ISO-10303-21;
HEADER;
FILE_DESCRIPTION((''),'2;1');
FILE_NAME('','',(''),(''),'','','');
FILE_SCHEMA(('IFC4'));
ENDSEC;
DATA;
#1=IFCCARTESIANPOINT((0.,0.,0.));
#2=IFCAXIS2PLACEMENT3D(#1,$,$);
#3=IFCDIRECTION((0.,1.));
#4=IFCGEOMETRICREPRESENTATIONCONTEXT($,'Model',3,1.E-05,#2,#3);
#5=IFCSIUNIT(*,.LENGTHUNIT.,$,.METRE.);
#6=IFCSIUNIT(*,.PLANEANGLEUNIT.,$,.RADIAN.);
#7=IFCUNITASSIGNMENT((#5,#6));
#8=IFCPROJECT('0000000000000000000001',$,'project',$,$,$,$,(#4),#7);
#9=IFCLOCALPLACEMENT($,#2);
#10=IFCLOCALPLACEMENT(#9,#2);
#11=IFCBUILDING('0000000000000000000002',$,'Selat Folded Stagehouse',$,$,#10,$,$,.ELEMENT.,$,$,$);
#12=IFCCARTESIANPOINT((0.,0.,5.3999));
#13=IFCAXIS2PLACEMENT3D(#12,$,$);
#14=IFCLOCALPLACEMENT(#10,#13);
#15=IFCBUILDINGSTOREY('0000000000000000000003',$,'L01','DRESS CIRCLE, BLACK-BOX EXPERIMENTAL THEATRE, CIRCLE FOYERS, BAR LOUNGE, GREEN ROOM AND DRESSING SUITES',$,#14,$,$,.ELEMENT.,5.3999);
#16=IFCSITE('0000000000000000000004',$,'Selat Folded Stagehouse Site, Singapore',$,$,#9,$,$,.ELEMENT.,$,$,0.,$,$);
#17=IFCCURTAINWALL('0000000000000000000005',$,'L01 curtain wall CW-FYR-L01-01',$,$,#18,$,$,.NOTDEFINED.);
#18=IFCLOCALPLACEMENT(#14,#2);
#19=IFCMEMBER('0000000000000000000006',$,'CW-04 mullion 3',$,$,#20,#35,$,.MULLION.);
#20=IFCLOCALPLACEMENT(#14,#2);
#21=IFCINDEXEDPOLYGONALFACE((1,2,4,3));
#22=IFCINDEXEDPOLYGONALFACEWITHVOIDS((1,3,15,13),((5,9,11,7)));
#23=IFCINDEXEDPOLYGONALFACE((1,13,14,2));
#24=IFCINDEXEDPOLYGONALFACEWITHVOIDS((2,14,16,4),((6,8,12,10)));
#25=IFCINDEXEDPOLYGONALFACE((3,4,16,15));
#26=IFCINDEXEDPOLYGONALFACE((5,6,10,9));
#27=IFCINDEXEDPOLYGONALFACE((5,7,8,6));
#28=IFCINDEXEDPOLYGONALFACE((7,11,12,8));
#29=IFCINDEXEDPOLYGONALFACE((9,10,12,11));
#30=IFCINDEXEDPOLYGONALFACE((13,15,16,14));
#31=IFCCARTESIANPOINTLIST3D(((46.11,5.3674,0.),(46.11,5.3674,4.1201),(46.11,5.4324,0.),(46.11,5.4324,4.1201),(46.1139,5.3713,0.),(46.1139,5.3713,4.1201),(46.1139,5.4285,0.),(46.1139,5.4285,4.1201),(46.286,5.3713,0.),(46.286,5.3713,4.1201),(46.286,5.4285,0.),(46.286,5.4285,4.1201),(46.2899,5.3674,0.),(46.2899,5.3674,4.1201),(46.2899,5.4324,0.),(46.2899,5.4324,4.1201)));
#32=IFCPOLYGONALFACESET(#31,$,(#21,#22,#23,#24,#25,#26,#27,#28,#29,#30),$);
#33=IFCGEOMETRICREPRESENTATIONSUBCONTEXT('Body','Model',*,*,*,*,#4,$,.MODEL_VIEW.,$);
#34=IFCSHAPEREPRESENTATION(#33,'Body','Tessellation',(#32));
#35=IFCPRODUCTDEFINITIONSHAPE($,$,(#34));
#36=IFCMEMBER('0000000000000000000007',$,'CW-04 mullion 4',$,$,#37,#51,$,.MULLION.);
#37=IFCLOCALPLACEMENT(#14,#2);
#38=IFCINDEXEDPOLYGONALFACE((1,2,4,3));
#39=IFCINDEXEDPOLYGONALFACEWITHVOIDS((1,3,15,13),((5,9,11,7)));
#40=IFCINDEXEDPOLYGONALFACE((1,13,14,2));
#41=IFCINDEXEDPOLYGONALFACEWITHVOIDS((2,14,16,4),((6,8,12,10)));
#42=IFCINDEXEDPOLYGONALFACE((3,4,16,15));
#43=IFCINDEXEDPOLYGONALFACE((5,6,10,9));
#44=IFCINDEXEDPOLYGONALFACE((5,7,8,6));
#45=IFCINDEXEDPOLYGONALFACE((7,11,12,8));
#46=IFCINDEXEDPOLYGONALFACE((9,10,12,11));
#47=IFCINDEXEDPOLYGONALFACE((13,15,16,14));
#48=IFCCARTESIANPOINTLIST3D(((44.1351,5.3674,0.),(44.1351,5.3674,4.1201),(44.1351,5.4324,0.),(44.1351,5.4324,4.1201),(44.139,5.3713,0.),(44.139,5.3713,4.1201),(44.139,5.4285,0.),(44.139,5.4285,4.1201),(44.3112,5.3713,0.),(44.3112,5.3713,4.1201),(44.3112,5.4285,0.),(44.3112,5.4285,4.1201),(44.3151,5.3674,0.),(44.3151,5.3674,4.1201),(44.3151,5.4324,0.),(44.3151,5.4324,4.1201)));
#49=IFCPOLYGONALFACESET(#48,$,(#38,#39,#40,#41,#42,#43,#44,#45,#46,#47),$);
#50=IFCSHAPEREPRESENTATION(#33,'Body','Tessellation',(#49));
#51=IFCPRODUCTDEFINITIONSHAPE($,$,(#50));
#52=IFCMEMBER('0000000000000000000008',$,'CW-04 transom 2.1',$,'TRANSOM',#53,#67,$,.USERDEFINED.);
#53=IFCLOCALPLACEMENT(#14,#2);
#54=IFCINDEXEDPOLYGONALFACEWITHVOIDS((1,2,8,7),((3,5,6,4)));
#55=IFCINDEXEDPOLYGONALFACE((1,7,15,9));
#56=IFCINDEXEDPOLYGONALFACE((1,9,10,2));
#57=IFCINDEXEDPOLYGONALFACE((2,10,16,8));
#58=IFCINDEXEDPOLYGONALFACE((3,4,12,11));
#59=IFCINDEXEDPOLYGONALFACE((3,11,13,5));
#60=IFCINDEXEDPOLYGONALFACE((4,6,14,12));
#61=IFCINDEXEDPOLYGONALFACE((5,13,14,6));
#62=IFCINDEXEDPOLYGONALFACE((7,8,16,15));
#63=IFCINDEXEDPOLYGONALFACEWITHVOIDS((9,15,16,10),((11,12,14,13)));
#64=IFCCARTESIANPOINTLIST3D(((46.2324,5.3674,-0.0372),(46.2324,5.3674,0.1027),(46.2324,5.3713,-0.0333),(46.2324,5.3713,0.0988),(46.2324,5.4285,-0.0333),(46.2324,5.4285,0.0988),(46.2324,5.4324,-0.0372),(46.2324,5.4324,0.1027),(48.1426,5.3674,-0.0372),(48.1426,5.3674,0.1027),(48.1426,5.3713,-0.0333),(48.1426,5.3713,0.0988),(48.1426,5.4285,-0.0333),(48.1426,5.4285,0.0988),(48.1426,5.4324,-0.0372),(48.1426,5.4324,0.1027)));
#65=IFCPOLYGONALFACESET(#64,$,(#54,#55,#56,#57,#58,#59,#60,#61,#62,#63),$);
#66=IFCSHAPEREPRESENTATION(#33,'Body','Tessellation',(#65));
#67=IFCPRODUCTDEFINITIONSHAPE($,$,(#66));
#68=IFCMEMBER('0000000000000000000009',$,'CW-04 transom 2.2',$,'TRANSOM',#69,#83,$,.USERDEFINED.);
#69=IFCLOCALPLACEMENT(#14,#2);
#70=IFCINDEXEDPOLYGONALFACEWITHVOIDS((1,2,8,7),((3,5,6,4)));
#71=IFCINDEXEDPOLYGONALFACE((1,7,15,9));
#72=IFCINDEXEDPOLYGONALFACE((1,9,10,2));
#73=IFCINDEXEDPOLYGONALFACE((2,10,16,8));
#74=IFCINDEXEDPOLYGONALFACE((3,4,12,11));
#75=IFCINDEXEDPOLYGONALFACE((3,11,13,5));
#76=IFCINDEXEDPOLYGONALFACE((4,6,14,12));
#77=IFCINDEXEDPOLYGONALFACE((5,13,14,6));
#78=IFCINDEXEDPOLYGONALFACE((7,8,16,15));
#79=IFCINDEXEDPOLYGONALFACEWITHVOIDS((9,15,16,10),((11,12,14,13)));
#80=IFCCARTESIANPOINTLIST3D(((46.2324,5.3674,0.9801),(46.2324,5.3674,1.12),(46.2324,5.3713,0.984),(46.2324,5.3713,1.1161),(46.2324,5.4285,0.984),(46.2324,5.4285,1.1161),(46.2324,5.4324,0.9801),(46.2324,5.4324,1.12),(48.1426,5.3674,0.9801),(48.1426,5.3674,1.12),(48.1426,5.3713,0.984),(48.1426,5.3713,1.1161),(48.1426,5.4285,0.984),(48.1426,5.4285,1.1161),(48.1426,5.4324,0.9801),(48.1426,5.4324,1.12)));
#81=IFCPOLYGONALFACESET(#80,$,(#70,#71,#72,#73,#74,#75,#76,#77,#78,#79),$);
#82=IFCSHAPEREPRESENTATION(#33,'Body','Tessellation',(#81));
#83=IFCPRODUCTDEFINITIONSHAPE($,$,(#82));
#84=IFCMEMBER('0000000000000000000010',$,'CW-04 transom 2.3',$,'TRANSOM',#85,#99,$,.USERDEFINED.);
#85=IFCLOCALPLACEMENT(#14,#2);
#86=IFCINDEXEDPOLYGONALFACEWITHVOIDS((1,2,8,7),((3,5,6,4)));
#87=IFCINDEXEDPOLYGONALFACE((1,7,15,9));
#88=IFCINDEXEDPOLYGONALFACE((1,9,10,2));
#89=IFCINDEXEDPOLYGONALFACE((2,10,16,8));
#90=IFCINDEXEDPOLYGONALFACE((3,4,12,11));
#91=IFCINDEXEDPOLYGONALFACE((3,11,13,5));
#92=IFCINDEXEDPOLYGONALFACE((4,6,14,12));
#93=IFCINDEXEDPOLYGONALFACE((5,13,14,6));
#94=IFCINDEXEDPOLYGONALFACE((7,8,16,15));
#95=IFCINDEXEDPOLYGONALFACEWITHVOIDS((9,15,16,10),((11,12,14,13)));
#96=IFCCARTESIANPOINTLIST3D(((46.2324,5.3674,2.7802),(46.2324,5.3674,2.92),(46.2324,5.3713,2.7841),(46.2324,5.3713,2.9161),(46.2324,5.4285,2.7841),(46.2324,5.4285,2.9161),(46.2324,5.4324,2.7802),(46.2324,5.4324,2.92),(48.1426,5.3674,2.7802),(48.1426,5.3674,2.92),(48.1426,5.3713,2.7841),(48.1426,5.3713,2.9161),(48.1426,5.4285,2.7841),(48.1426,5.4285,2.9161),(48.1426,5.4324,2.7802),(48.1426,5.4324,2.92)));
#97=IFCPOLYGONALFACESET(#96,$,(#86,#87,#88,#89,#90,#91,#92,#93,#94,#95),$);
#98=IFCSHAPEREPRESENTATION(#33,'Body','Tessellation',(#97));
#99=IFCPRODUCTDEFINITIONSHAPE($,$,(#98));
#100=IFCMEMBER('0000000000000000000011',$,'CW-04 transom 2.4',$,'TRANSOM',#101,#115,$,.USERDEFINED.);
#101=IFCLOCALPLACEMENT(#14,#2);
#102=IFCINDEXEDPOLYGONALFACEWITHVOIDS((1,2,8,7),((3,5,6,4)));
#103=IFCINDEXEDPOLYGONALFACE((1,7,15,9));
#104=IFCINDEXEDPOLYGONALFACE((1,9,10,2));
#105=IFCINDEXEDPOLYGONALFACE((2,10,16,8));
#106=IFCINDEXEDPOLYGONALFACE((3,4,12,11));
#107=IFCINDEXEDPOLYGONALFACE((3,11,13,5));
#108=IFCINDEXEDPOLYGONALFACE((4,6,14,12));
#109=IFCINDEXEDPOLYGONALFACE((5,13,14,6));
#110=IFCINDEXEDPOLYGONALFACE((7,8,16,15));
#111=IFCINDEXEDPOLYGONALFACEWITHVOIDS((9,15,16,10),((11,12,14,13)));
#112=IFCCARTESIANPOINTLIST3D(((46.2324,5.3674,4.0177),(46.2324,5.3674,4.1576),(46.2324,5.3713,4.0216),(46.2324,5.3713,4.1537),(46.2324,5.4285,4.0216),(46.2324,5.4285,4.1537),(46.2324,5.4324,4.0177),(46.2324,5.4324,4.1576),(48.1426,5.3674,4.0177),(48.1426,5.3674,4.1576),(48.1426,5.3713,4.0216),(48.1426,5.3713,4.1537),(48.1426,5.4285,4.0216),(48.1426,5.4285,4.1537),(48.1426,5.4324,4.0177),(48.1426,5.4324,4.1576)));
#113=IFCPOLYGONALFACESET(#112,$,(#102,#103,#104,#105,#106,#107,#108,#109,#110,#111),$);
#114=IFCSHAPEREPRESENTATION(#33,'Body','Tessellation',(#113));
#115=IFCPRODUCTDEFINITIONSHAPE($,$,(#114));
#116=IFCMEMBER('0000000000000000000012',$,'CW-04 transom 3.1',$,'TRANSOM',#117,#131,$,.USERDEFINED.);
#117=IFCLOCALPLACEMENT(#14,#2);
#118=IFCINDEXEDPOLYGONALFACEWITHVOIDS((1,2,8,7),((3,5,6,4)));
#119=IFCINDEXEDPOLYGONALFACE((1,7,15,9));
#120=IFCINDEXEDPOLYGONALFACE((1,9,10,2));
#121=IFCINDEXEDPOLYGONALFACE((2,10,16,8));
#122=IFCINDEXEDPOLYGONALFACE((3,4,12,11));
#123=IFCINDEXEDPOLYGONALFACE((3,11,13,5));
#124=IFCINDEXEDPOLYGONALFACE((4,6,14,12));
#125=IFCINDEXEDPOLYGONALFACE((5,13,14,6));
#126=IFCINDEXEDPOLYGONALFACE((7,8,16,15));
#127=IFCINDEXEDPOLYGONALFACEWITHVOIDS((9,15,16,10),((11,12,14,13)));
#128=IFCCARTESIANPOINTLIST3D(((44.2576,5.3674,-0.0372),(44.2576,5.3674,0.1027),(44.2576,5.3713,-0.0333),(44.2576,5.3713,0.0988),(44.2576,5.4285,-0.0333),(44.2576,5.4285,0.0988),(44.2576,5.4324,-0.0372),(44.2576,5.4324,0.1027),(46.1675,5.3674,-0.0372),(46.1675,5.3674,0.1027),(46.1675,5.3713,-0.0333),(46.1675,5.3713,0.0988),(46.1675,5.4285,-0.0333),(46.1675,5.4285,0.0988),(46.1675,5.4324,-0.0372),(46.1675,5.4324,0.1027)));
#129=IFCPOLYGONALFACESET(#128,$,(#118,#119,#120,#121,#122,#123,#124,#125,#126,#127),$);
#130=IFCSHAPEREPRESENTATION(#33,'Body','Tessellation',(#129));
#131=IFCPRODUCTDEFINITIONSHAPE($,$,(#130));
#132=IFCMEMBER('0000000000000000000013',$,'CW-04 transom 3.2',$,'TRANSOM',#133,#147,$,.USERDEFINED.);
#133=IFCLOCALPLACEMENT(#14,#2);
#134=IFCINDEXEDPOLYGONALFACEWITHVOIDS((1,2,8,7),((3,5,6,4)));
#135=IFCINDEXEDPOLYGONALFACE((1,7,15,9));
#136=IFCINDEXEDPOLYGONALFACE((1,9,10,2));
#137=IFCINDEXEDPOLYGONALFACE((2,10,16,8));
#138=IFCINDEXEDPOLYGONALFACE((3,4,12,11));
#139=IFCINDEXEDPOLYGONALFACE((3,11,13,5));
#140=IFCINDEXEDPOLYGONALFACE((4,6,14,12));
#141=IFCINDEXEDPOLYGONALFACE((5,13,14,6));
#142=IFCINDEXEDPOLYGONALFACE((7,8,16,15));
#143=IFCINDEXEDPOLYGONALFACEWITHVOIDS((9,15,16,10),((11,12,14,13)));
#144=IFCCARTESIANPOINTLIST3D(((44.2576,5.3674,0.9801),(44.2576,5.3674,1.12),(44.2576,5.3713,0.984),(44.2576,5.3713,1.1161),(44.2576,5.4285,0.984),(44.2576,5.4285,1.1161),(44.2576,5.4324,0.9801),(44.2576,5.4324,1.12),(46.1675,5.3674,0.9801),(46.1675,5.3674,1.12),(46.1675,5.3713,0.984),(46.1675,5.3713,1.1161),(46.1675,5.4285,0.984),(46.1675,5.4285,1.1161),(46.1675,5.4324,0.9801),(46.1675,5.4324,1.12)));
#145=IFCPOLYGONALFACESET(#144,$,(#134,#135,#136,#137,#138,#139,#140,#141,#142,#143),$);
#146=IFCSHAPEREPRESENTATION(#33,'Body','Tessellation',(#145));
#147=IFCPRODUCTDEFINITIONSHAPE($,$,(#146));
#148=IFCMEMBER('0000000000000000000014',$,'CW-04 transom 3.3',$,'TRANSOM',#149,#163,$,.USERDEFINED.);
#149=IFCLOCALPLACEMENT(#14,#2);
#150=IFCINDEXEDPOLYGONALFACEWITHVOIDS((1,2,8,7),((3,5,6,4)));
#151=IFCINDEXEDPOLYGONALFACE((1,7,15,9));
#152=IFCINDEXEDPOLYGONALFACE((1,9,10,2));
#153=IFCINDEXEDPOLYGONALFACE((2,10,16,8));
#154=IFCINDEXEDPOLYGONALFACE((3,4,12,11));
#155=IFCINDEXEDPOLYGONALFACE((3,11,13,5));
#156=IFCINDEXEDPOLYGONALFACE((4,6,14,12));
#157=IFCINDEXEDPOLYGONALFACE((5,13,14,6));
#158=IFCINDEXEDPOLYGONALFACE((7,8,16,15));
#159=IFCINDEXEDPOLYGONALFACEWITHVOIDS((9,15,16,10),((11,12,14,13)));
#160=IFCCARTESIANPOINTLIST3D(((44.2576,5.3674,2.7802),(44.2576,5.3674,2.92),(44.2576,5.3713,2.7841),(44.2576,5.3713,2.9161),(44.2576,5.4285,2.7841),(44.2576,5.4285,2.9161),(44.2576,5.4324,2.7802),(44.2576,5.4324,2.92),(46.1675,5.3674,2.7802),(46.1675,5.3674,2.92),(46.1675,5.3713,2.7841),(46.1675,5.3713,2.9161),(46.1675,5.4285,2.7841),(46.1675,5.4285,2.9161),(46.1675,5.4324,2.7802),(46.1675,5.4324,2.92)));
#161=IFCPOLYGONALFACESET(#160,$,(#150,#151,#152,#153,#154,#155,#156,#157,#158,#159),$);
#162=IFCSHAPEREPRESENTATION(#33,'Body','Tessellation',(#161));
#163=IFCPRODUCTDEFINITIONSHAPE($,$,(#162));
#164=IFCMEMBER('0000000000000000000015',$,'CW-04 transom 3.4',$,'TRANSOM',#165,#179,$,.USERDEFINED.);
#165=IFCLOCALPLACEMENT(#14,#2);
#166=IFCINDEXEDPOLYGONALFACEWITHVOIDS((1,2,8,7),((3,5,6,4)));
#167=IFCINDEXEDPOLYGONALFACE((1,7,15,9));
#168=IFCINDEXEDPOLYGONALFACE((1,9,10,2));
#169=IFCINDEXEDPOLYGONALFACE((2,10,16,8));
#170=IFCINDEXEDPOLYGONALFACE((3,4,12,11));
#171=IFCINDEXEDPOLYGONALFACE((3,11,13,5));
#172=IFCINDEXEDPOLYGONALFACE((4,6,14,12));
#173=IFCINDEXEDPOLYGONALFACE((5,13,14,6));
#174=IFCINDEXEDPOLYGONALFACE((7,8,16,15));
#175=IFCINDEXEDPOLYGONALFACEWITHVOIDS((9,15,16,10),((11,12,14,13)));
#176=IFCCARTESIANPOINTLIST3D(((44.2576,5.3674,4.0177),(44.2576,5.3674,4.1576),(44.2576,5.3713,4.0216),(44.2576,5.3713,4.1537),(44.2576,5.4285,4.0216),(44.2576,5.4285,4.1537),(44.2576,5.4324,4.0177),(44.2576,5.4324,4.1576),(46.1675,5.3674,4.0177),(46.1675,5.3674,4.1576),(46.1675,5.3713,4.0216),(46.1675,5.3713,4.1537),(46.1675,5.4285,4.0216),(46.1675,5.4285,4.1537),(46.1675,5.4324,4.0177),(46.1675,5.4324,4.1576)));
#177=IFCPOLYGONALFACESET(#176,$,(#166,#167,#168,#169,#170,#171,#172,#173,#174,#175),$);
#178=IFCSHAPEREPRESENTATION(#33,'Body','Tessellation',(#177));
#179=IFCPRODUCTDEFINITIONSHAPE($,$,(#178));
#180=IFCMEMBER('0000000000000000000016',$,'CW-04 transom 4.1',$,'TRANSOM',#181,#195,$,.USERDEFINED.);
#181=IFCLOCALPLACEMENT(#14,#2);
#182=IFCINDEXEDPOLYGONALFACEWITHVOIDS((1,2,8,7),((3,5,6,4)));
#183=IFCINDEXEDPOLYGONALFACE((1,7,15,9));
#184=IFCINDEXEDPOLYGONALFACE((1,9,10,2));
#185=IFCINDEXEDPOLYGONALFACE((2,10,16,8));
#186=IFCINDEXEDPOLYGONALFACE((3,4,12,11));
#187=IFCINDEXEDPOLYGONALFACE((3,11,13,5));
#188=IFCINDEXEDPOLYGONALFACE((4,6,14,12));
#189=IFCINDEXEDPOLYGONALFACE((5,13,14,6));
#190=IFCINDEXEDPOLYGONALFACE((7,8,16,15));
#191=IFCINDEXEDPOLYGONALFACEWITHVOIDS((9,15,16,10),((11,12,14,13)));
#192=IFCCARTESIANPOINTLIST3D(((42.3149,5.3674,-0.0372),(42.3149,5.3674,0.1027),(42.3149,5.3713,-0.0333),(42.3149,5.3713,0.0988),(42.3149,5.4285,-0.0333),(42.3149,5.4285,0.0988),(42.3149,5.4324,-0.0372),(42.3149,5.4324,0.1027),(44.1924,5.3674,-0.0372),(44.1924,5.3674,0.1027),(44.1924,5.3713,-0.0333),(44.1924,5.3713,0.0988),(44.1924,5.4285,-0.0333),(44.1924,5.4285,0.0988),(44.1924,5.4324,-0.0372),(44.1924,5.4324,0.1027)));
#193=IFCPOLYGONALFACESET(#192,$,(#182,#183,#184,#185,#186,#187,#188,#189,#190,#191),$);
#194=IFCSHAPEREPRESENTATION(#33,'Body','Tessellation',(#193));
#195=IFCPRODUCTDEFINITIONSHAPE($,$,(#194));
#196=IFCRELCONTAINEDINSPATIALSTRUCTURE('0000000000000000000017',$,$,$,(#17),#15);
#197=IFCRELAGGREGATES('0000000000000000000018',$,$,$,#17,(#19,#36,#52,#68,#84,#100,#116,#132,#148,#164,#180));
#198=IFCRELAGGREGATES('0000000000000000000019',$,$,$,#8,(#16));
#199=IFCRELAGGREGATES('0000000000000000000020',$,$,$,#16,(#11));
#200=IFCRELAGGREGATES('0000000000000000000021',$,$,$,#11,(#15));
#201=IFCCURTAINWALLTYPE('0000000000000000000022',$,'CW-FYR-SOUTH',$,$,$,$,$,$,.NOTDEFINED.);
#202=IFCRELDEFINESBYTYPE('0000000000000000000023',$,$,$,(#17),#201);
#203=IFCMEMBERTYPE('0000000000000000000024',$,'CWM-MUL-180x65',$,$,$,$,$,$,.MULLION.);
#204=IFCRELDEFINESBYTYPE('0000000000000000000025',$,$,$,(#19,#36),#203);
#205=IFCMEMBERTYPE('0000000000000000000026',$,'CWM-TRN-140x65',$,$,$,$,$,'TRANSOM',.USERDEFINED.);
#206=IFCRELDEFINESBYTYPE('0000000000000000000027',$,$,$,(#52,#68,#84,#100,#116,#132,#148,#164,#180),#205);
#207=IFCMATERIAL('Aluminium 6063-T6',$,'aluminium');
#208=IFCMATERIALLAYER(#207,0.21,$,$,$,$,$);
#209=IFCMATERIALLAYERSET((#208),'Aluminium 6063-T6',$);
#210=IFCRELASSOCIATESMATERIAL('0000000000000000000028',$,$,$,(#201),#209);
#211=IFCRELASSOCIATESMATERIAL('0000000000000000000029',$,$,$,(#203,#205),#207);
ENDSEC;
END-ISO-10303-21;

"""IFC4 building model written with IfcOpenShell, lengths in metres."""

from ifc_helpers import new_model, si_unit, direction, frame, origin, origin_2d, place, context, subcontext, project, spatial, hollow_rectangle, extrude, material, layer, layer_set, material_profile, profile_set, type_object, element, aggregate, save


model = new_model("IFC4")

# Units and contexts
model_context = context("Model", 3, precision=1e-05, world=origin(), true_north=direction((0.0, 1.0)))
body_context = subcontext(model_context, "Body", "Model", "MODEL_VIEW")
ifc_project = project(units=[si_unit("LENGTHUNIT", "METRE"), si_unit("PLANEANGLEUNIT", "RADIAN")], contexts=[model_context])

# Site, building, storey
site_placement = place(None, origin())
site = spatial("IfcSite", under=ifc_project, at=site_placement, Name="Selat Folded Stagehouse Site, Singapore", CompositionType="ELEMENT", RefElevation=0.0)
building_placement = place(site_placement, origin())
building = spatial("IfcBuilding", under=site, at=building_placement, Name="Selat Folded Stagehouse", CompositionType="ELEMENT")
storey_placement = place(building_placement, frame((0.0, 0.0, 5.3999)))
storey = spatial("IfcBuildingStorey", under=building, at=storey_placement, Name="L01", Description="DRESS CIRCLE, BLACK-BOX EXPERIMENTAL THEATRE, CIRCLE FOYERS, BAR LOUNGE, GREEN ROOM AND DRESSING SUITES", CompositionType="ELEMENT", Elevation=5.3999)

# Curtain wall, members
ifc_material_1 = material(Name="Aluminium 6063-T6", Category="aluminium")
ifc_layer_1 = layer(ifc_material_1, 0.21)
ifc_layer_set_1 = layer_set([ifc_layer_1], Name="Aluminium 6063-T6")
curtain_wall_type = type_object("IfcCurtainWallType", Name="CW-FYR-SOUTH", PredefinedType="NOTDEFINED", material=ifc_layer_set_1)
curtain_wall_placement = place(storey_placement, origin())
curtain_wall = element("IfcCurtainWall", 1, at=curtain_wall_placement, inside=storey, type_object=curtain_wall_type, Name="L01 curtain wall CW-FYR-L01-01", PredefinedType="NOTDEFINED")
ifc_material_profile_1 = material_profile(ifc_material_1, hollow_rectangle(XDim=0.0649, YDim=0.1799, WallThickness=0.0039, at=origin_2d()), Name="ALU 180x65x4.0")
ifc_profile_set_1 = profile_set([ifc_material_profile_1], Name="Aluminium 6063-T6")
member_type_1 = type_object("IfcMemberType", Name="CWM-MUL-180x65", PredefinedType="MULLION", material=ifc_profile_set_1)
member_1_placement = place(storey_placement, frame((46.2, 5.3999, 0.0), z_axis=(0.0, 0.0, 1.0), x_axis=(0.0, -1.0, 0.0)))
member_1 = element("IfcMember", 2, at=member_1_placement, type_object=member_type_1, Name="CW-04 mullion 3", PredefinedType="MULLION", context=body_context, shape_type="SweptSolid", body=[
    extrude(hollow_rectangle(XDim=0.0649, YDim=0.1799, WallThickness=0.0039, at=origin_2d()), origin(), (0.0, 0.0, 1.0), 4.1201),
])
member_2_placement = place(storey_placement, frame((44.2251, 5.3999, 0.0), z_axis=(0.0, 0.0, 1.0), x_axis=(0.0, -1.0, 0.0)))
member_2 = element("IfcMember", 3, at=member_2_placement, type_object=member_type_1, Name="CW-04 mullion 4", PredefinedType="MULLION", context=body_context, shape_type="SweptSolid", body=[
    extrude(hollow_rectangle(XDim=0.0649, YDim=0.1799, WallThickness=0.0039, at=origin_2d()), origin(), (0.0, 0.0, 1.0), 4.1201),
])
ifc_material_profile_2 = material_profile(ifc_material_1, hollow_rectangle(XDim=0.0649, YDim=0.1399, WallThickness=0.0039, at=origin_2d()), Name="ALU 140x65x4.0")
ifc_profile_set_2 = profile_set([ifc_material_profile_2], Name="Aluminium 6063-T6")
member_type_2 = type_object("IfcMemberType", Name="CWM-TRN-140x65", ElementType="TRANSOM", PredefinedType="USERDEFINED", material=ifc_profile_set_2)
member_3_placement = place(storey_placement, frame((48.1426, 5.3999, 0.0327), z_axis=(-1.0, 0.0, 0.0), x_axis=(0.0, -1.0, 0.0)))
member_3 = element("IfcMember", 4, at=member_3_placement, type_object=member_type_2, Name="CW-04 transom 2.1", ObjectType="TRANSOM", PredefinedType="USERDEFINED", context=body_context, shape_type="SweptSolid", body=[
    extrude(hollow_rectangle(XDim=0.0649, YDim=0.1399, WallThickness=0.0039, at=origin_2d()), origin(), (0.0, 0.0, 1.0), 1.9102),
])
member_4_placement = place(storey_placement, frame((48.1426, 5.3999, 1.05), z_axis=(-1.0, 0.0, 0.0), x_axis=(0.0, -1.0, 0.0)))
member_4 = element("IfcMember", 5, at=member_4_placement, type_object=member_type_2, Name="CW-04 transom 2.2", ObjectType="TRANSOM", PredefinedType="USERDEFINED", context=body_context, shape_type="SweptSolid", body=[
    extrude(hollow_rectangle(XDim=0.0649, YDim=0.1399, WallThickness=0.0039, at=origin_2d()), origin(), (0.0, 0.0, 1.0), 1.9102),
])
member_5_placement = place(storey_placement, frame((48.1426, 5.3999, 2.8501), z_axis=(-1.0, 0.0, 0.0), x_axis=(0.0, -1.0, 0.0)))
member_5 = element("IfcMember", 6, at=member_5_placement, type_object=member_type_2, Name="CW-04 transom 2.3", ObjectType="TRANSOM", PredefinedType="USERDEFINED", context=body_context, shape_type="SweptSolid", body=[
    extrude(hollow_rectangle(XDim=0.0649, YDim=0.1399, WallThickness=0.0039, at=origin_2d()), origin(), (0.0, 0.0, 1.0), 1.9102),
])
member_6_placement = place(storey_placement, frame((48.1426, 5.3999, 4.0876), z_axis=(-1.0, 0.0, 0.0), x_axis=(0.0, -1.0, 0.0)))
member_6 = element("IfcMember", 7, at=member_6_placement, type_object=member_type_2, Name="CW-04 transom 2.4", ObjectType="TRANSOM", PredefinedType="USERDEFINED", context=body_context, shape_type="SweptSolid", body=[
    extrude(hollow_rectangle(XDim=0.0649, YDim=0.1399, WallThickness=0.0039, at=origin_2d()), origin(), (0.0, 0.0, 1.0), 1.9102),
])
member_7_placement = place(storey_placement, frame((46.1675, 5.3999, 0.0327), z_axis=(-1.0, 0.0, 0.0), x_axis=(0.0, -1.0, 0.0)))
member_7 = element("IfcMember", 8, at=member_7_placement, type_object=member_type_2, Name="CW-04 transom 3.1", ObjectType="TRANSOM", PredefinedType="USERDEFINED", context=body_context, shape_type="SweptSolid", body=[
    extrude(hollow_rectangle(XDim=0.0649, YDim=0.1399, WallThickness=0.0039, at=origin_2d()), origin(), (0.0, 0.0, 1.0), 1.9099),
])
member_8_placement = place(storey_placement, frame((46.1675, 5.3999, 1.05), z_axis=(-1.0, 0.0, 0.0), x_axis=(0.0, -1.0, 0.0)))
member_8 = element("IfcMember", 9, at=member_8_placement, type_object=member_type_2, Name="CW-04 transom 3.2", ObjectType="TRANSOM", PredefinedType="USERDEFINED", context=body_context, shape_type="SweptSolid", body=[
    extrude(hollow_rectangle(XDim=0.0649, YDim=0.1399, WallThickness=0.0039, at=origin_2d()), origin(), (0.0, 0.0, 1.0), 1.9099),
])
member_9_placement = place(storey_placement, frame((46.1675, 5.3999, 2.8501), z_axis=(-1.0, 0.0, 0.0), x_axis=(0.0, -1.0, 0.0)))
member_9 = element("IfcMember", 10, at=member_9_placement, type_object=member_type_2, Name="CW-04 transom 3.3", ObjectType="TRANSOM", PredefinedType="USERDEFINED", context=body_context, shape_type="SweptSolid", body=[
    extrude(hollow_rectangle(XDim=0.0649, YDim=0.1399, WallThickness=0.0039, at=origin_2d()), origin(), (0.0, 0.0, 1.0), 1.9099),
])
member_10_placement = place(storey_placement, frame((46.1675, 5.3999, 4.0876), z_axis=(-1.0, 0.0, 0.0), x_axis=(0.0, -1.0, 0.0)))
member_10 = element("IfcMember", 11, at=member_10_placement, type_object=member_type_2, Name="CW-04 transom 3.4", ObjectType="TRANSOM", PredefinedType="USERDEFINED", context=body_context, shape_type="SweptSolid", body=[
    extrude(hollow_rectangle(XDim=0.0649, YDim=0.1399, WallThickness=0.0039, at=origin_2d()), origin(), (0.0, 0.0, 1.0), 1.9099),
])
member_11_placement = place(storey_placement, frame((44.1924, 5.3999, 0.0327), z_axis=(-1.0, 0.0, 0.0), x_axis=(0.0, -1.0, 0.0)))
member_11 = element("IfcMember", 12, at=member_11_placement, type_object=member_type_2, Name="CW-04 transom 4.1", ObjectType="TRANSOM", PredefinedType="USERDEFINED", context=body_context, shape_type="SweptSolid", body=[
    extrude(hollow_rectangle(XDim=0.0649, YDim=0.1399, WallThickness=0.0039, at=origin_2d()), origin(), (0.0, 0.0, 1.0), 1.8774),
])
aggregate(curtain_wall, [member_1, member_2, member_3, member_4, member_5, member_6, member_7, member_8, member_9, member_10, member_11])

save(model, "model.ifc")
